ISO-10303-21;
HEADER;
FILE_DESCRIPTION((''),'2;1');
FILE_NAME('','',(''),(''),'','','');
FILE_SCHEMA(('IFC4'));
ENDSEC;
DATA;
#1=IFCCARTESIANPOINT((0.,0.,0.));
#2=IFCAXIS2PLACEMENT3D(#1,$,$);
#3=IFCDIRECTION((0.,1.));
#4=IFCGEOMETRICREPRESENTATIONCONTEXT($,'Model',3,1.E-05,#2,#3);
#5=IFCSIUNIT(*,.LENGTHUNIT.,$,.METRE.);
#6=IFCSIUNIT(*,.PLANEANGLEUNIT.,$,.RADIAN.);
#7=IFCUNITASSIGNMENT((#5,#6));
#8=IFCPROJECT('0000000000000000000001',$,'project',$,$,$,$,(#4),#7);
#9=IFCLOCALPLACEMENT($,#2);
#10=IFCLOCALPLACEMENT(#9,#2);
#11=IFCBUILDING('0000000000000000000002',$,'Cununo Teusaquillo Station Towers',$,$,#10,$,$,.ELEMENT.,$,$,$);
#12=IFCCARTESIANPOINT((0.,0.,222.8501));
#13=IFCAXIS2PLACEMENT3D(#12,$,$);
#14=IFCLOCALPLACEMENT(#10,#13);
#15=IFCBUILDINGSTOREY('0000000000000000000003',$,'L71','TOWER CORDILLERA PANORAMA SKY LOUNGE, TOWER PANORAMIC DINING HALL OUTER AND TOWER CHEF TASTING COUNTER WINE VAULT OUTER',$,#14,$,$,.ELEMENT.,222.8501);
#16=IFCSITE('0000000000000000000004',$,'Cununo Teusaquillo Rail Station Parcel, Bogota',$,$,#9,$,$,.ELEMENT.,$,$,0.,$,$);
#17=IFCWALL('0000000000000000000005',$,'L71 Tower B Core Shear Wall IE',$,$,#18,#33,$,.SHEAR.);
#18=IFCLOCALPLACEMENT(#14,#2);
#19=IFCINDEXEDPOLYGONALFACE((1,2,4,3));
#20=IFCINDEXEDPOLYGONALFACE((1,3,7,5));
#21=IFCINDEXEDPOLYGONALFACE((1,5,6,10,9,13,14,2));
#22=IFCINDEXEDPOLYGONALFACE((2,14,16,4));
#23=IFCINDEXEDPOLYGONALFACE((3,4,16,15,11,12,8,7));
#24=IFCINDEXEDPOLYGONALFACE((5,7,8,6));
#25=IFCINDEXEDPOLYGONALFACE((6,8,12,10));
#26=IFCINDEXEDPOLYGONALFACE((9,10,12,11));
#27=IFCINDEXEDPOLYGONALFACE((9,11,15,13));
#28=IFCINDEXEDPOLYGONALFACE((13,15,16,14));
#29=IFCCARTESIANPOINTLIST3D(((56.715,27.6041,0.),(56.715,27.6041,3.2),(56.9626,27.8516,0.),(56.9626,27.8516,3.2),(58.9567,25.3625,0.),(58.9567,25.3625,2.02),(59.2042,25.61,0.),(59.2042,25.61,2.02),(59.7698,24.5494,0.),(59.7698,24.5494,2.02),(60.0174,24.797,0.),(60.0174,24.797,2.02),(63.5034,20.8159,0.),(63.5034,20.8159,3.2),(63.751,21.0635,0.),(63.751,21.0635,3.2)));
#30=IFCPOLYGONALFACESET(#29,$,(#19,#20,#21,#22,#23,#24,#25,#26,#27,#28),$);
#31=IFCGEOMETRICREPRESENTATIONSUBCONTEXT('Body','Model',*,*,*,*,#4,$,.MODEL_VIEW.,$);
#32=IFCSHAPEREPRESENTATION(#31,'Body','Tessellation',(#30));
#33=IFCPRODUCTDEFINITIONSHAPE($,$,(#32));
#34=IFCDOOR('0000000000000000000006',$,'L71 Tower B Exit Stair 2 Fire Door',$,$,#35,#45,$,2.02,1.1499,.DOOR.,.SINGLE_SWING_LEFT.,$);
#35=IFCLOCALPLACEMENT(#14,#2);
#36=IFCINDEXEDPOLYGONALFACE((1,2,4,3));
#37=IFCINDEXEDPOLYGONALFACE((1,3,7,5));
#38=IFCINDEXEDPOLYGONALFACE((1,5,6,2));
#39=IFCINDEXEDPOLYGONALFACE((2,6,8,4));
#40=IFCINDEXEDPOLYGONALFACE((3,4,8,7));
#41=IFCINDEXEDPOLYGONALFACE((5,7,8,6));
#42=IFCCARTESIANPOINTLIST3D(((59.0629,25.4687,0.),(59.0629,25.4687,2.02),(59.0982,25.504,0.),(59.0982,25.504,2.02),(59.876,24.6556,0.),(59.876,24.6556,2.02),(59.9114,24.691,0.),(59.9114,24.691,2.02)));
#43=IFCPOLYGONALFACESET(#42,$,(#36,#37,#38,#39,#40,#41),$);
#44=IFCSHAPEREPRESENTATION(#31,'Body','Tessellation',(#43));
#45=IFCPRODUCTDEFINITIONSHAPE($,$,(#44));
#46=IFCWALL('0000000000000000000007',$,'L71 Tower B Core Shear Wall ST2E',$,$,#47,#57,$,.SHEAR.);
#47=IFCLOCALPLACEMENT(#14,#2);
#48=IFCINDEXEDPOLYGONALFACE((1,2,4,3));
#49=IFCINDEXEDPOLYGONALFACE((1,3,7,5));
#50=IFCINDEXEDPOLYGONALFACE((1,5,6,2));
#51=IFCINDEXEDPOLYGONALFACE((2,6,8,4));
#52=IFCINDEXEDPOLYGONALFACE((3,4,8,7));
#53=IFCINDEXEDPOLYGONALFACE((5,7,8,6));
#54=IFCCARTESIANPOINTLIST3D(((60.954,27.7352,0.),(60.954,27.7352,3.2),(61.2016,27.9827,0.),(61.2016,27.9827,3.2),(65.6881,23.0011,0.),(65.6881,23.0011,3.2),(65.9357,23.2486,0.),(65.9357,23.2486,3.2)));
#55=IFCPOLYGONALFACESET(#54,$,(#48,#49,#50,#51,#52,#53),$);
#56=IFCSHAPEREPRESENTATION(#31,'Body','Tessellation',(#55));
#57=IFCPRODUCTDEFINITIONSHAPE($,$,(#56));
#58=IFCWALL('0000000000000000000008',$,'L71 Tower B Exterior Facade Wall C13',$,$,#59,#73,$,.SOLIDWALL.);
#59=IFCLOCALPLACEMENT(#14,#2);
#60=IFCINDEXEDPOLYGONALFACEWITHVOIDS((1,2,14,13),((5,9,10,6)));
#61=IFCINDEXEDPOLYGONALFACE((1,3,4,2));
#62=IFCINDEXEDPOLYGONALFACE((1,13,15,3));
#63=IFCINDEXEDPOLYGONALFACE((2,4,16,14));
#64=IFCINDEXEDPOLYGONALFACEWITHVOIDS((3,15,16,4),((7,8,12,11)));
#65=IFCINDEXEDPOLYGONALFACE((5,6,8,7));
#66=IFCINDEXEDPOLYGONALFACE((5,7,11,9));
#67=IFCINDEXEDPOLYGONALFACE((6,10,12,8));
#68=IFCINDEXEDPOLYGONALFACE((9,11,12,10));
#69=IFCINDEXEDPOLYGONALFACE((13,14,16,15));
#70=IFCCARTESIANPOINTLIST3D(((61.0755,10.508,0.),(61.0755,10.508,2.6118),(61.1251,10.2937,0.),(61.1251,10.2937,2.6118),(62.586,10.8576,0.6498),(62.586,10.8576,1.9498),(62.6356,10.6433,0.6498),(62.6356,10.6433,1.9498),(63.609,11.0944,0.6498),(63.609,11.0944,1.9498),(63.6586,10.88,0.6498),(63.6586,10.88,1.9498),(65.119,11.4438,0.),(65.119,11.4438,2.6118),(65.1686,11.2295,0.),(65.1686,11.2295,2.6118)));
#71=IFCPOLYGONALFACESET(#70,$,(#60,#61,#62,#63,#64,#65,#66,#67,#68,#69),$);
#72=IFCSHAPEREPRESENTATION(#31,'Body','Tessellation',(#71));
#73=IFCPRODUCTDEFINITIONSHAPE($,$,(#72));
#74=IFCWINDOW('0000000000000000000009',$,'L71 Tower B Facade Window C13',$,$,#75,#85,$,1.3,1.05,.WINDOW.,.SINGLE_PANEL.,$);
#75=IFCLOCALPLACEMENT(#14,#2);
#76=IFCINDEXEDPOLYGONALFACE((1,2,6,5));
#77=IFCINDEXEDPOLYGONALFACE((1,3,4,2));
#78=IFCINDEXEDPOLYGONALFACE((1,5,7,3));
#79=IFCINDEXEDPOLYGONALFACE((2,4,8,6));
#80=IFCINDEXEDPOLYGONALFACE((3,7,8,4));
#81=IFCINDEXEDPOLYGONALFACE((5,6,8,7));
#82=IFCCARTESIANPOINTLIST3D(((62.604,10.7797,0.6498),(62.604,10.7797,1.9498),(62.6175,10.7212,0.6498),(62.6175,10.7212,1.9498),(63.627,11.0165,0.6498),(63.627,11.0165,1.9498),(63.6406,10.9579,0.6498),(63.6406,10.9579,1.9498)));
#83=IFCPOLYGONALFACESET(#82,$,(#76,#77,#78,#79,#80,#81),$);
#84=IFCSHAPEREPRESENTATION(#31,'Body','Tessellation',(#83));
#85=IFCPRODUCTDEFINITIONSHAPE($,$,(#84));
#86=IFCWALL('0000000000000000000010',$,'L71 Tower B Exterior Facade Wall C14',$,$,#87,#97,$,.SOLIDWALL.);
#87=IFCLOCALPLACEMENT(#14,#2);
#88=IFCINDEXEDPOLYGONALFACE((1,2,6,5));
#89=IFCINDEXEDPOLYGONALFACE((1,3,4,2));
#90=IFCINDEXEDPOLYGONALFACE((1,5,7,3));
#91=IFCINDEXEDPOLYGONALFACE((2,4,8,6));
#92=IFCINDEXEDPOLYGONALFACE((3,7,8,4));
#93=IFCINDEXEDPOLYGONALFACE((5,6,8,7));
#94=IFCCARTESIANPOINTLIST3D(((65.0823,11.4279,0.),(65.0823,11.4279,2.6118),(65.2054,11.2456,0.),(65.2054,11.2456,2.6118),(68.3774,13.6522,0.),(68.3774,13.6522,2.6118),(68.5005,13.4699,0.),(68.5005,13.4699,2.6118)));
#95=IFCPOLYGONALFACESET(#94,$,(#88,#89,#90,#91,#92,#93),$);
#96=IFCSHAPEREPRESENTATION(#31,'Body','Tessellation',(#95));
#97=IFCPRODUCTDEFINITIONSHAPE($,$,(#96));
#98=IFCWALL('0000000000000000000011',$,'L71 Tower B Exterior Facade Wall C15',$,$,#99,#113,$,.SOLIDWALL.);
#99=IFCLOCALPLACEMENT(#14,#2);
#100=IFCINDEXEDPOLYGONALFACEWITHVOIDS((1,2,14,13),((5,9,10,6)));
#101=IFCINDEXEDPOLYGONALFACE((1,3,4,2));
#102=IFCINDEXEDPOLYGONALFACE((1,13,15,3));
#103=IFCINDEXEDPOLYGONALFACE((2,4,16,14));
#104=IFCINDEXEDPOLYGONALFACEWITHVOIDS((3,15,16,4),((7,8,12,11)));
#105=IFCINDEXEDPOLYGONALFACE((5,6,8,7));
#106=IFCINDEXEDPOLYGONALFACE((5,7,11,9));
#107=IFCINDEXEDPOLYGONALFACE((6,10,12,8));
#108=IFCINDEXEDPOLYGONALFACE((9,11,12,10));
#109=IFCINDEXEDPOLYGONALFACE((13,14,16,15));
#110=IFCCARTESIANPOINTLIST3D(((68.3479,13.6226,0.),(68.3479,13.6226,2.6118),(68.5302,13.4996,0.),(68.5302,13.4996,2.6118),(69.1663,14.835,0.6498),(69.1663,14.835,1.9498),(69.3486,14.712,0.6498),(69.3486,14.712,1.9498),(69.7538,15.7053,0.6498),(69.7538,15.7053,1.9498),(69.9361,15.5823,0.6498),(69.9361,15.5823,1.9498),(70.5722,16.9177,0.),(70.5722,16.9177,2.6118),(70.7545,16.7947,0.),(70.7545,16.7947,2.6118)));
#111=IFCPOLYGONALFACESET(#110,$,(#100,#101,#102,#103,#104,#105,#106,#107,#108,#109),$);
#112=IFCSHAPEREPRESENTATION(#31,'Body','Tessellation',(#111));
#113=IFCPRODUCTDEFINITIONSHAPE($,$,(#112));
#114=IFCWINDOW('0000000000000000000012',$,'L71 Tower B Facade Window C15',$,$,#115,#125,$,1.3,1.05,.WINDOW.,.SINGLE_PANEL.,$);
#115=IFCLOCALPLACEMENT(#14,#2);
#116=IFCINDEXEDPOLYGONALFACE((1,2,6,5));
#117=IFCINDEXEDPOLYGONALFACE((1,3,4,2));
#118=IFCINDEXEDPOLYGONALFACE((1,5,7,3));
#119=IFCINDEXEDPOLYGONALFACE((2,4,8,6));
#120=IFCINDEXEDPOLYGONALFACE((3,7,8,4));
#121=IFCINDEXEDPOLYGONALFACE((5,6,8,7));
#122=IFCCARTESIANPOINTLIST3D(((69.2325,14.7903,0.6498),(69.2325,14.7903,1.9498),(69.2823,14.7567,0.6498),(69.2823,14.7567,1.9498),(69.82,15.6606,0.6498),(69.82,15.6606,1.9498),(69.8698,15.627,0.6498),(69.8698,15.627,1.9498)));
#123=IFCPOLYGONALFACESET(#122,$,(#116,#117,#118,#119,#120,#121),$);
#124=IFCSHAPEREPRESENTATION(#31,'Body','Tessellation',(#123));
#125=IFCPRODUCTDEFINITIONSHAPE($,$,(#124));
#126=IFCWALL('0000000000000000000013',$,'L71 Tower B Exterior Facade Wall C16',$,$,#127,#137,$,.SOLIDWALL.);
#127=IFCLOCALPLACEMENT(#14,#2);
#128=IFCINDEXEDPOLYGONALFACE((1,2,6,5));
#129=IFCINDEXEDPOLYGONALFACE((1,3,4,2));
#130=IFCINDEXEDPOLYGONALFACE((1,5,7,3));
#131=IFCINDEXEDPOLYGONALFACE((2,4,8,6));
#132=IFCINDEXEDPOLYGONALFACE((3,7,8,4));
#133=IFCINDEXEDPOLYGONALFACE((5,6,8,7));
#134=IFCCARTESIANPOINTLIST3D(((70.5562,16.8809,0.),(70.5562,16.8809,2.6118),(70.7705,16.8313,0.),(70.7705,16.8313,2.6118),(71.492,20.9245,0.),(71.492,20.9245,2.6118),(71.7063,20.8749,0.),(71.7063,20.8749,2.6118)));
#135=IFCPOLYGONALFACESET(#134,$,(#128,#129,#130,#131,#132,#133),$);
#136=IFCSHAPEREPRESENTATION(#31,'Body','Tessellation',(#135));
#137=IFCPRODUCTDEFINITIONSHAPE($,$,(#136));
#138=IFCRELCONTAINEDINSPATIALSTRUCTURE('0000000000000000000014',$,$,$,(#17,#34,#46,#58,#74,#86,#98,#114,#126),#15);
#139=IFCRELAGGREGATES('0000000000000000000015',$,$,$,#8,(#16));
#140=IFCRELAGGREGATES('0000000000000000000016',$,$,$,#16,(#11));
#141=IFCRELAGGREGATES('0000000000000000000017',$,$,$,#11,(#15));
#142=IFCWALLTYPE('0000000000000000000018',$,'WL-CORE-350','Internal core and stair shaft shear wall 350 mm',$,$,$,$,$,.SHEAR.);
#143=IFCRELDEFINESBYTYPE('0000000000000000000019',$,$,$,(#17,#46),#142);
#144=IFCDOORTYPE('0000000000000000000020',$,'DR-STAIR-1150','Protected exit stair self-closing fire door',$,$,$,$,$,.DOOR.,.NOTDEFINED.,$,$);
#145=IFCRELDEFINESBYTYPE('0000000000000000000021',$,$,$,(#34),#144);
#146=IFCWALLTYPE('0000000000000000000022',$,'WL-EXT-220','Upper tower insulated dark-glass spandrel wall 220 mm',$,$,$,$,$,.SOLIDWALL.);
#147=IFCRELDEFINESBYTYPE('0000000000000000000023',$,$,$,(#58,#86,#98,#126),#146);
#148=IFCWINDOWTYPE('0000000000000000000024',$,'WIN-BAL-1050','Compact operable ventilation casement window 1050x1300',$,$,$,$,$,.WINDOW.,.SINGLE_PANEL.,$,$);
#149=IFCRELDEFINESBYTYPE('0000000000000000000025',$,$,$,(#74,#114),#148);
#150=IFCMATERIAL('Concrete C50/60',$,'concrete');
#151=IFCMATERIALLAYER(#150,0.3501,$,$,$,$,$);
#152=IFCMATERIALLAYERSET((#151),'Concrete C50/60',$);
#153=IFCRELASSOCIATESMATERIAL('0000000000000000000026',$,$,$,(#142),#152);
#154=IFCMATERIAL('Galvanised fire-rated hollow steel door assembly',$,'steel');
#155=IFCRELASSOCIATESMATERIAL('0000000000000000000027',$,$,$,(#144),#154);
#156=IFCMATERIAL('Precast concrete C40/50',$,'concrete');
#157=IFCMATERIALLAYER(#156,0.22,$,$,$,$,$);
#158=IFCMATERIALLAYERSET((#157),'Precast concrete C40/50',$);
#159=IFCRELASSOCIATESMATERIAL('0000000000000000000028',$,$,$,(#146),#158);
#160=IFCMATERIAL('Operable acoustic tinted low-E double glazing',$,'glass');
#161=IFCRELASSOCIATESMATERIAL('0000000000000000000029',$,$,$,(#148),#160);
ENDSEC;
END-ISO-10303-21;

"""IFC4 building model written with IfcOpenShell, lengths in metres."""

from ifc_helpers import new_model, si_unit, direction, frame, frame_2d, origin, place, context, subcontext, project, spatial, rectangle, extrude, source, transform, mapped, material, layer, layer_set, type_object, element, fill, save


model = new_model("IFC4")

# Units and contexts
model_context = context("Model", 3, precision=1e-05, world=origin(), true_north=direction((0.0, 1.0)))
body_context = subcontext(model_context, "Body", "Model", "MODEL_VIEW")
ifc_project = project(units=[si_unit("LENGTHUNIT", "METRE"), si_unit("PLANEANGLEUNIT", "RADIAN")], contexts=[model_context])

# Site, building, storey
site_placement = place(None, origin())
site = spatial("IfcSite", under=ifc_project, at=site_placement, Name="Cununo Teusaquillo Rail Station Parcel, Bogota", CompositionType="ELEMENT", RefElevation=0.0)
building_placement = place(site_placement, origin())
building = spatial("IfcBuilding", under=site, at=building_placement, Name="Cununo Teusaquillo Station Towers", CompositionType="ELEMENT")
storey_placement = place(building_placement, frame((0.0, 0.0, 222.8501)))
storey = spatial("IfcBuildingStorey", under=building, at=storey_placement, Name="L71", Description="TOWER CORDILLERA PANORAMA SKY LOUNGE, TOWER PANORAMIC DINING HALL OUTER AND TOWER CHEF TASTING COUNTER WINE VAULT OUTER", CompositionType="ELEMENT", Elevation=222.8501)

# Wall, opening, door
ifc_material_1 = material(Name="Concrete C50/60", Category="concrete")
ifc_layer_1 = layer(ifc_material_1, 0.3501)
ifc_layer_set_1 = layer_set([ifc_layer_1], Name="Concrete C50/60")
wall_type_1 = type_object("IfcWallType", Name="WL-CORE-350", Description="Internal core and stair shaft shear wall 350 mm", PredefinedType="SHEAR", material=ifc_layer_set_1)
wall_1_placement = place(storey_placement, frame((63.6272, 20.9397, 0.0), z_axis=(0.0, 0.0, 1.0), x_axis=(-0.707119, 0.707094, 0.0)))
wall_1 = element("IfcWall", 1, at=wall_1_placement, inside=storey, type_object=wall_type_1, Name="L71 Tower B Core Shear Wall IE", PredefinedType="SHEAR", context=body_context, shape_type="SweptSolid", body=[
    extrude(rectangle(XDim=9.6001, YDim=0.3501, at=frame_2d((4.8, 0.0))), origin(), (0.0, 0.0, 1.0), 3.2),
])
shared_shape_1 = source(origin(), body_context, "Body", "SweptSolid", [
    extrude(rectangle(XDim=1.1499, YDim=2.02, at=frame_2d((0.575, 1.01))), frame((0.0, 0.1851, 0.0), z_axis=(0.0, -1.0, 0.0), x_axis=(1.0, 0.0, 0.0)), (0.0, 0.0, 1.0), 0.3701),
])
opening_1_placement = place(wall_1_placement, frame((5.28, 0.0, 0.0)))
opening_1 = element("IfcOpeningElement", 2, at=opening_1_placement, cuts=wall_1, PredefinedType="OPENING", context=body_context, shape_type="MappedRepresentation", body=[
    mapped(shared_shape_1, transform((0.0, 0.0, 0.0), x_axis=(1.0, 0.0, 0.0), y_axis=(0.0, 1.0, 0.0), z_axis=(0.0, 0.0, 1.0), scale=1.0)),
])
ifc_material_2 = material(Name="Galvanised fire-rated hollow steel door assembly", Category="steel")
door_type_1 = type_object("IfcDoorType", Name="DR-STAIR-1150", Description="Protected exit stair self-closing fire door", OperationType="NOTDEFINED", PredefinedType="DOOR", material=ifc_material_2)
shared_shape_2 = source(origin(), body_context, "Body", "SweptSolid", [
    extrude(rectangle(XDim=1.1499, YDim=2.02, at=frame_2d((0.575, 1.01))), frame((0.0, 0.0249, 0.0), z_axis=(0.0, -1.0, 0.0), x_axis=(1.0, 0.0, 0.0)), (0.0, 0.0, 1.0), 0.05),
])
door_1_placement = place(opening_1_placement, origin())
door_1 = element("IfcDoor", 3, at=door_1_placement, inside=storey, type_object=door_type_1, Name="L71 Tower B Exit Stair 2 Fire Door", OperationType="SINGLE_SWING_LEFT", OverallHeight=2.02, OverallWidth=1.1499, PredefinedType="DOOR", context=body_context, shape_type="MappedRepresentation", body=[
    mapped(shared_shape_2, transform((0.0, 0.0, 0.0), x_axis=(1.0, 0.0, 0.0), y_axis=(0.0, 1.0, 0.0), z_axis=(0.0, 0.0, 1.0), scale=1.0)),
])
fill(opening_1, door_1)

# Wall
wall_2_placement = place(storey_placement, frame((65.812, 23.1248, 0.0), z_axis=(0.0, 0.0, 1.0), x_axis=(-0.707107, 0.707107, 0.0)))
element("IfcWall", 4, at=wall_2_placement, inside=storey, type_object=wall_type_1, Name="L71 Tower B Core Shear Wall ST2E", PredefinedType="SHEAR", context=body_context, shape_type="SweptSolid", body=[
    extrude(rectangle(XDim=6.6951, YDim=0.3501, at=frame_2d((3.3477, 0.0))), origin(), (0.0, 0.0, 1.0), 3.2),
])

# Wall, opening, window
ifc_material_3 = material(Name="Precast concrete C40/50", Category="concrete")
ifc_layer_2 = layer(ifc_material_3, 0.22)
ifc_layer_set_2 = layer_set([ifc_layer_2], Name="Precast concrete C40/50")
wall_type_2 = type_object("IfcWallType", Name="WL-EXT-220", Description="Upper tower insulated dark-glass spandrel wall 220 mm", PredefinedType="SOLIDWALL", material=ifc_layer_set_2)
wall_3_placement = place(storey_placement, frame((65.1438, 11.3367, 0.0), z_axis=(0.0, 0.0, 1.0), x_axis=(-0.974249, -0.225474, 0.0)))
wall_3 = element("IfcWall", 5, at=wall_3_placement, inside=storey, type_object=wall_type_2, Name="L71 Tower B Exterior Facade Wall C13", PredefinedType="SOLIDWALL", context=body_context, shape_type="SweptSolid", body=[
    extrude(rectangle(XDim=4.1504, YDim=0.22, at=frame_2d((2.0752, 0.0))), origin(), (0.0, 0.0, 1.0), 2.6118),
])
shared_shape_3 = source(origin(), body_context, "Body", "SweptSolid", [
    extrude(rectangle(XDim=1.05, YDim=1.3, at=frame_2d((0.5249, 0.6499))), frame((0.0, 0.1199, 0.0), z_axis=(0.0, -1.0, 0.0), x_axis=(1.0, 0.0, 0.0)), (0.0, 0.0, 1.0), 0.24),
])
opening_2_placement = place(wall_3_placement, frame((1.55, 0.0, 0.6499)))
opening_2 = element("IfcOpeningElement", 6, at=opening_2_placement, cuts=wall_3, PredefinedType="OPENING", context=body_context, shape_type="MappedRepresentation", body=[
    mapped(shared_shape_3, transform((0.0, 0.0, 0.0), x_axis=(1.0, 0.0, 0.0), y_axis=(0.0, 1.0, 0.0), z_axis=(0.0, 0.0, 1.0), scale=1.0)),
])
ifc_material_4 = material(Name="Operable acoustic tinted low-E double glazing", Category="glass")
window_type = type_object("IfcWindowType", Name="WIN-BAL-1050", Description="Compact operable ventilation casement window 1050x1300", PartitioningType="SINGLE_PANEL", PredefinedType="WINDOW", material=ifc_material_4)
shared_shape_4 = source(origin(), body_context, "Body", "SweptSolid", [
    extrude(rectangle(XDim=1.05, YDim=1.3, at=frame_2d((0.5249, 0.6499))), frame((0.0, 0.03, 0.0), z_axis=(0.0, -1.0, 0.0), x_axis=(1.0, 0.0, 0.0)), (0.0, 0.0, 1.0), 0.0601),
])
window_1_placement = place(opening_2_placement, origin())
window_1 = element("IfcWindow", 7, at=window_1_placement, inside=storey, type_object=window_type, Name="L71 Tower B Facade Window C13", OverallHeight=1.3, OverallWidth=1.05, PartitioningType="SINGLE_PANEL", PredefinedType="WINDOW", context=body_context, shape_type="MappedRepresentation", body=[
    mapped(shared_shape_4, transform((0.0, 0.0, 0.0), x_axis=(1.0, 0.0, 0.0), y_axis=(0.0, 1.0, 0.0), z_axis=(0.0, 0.0, 1.0), scale=1.0)),
])
fill(opening_2, window_1)

# Wall
wall_4_placement = place(storey_placement, frame((68.439, 13.561, 0.0), z_axis=(0.0, 0.0, 1.0), x_axis=(-0.828834, -0.559495, 0.0)))
element("IfcWall", 8, at=wall_4_placement, inside=storey, type_object=wall_type_2, Name="L71 Tower B Exterior Facade Wall C14", PredefinedType="SOLIDWALL", context=body_context, shape_type="SweptSolid", body=[
    extrude(rectangle(XDim=3.9756, YDim=0.22, at=frame_2d((1.9878, 0.0))), origin(), (0.0, 0.0, 1.0), 2.6118),
])

# Wall, opening, window
wall_5_placement = place(storey_placement, frame((70.6633, 16.8562, 0.0), z_axis=(0.0, 0.0, 1.0), x_axis=(-0.559495, -0.828834, 0.0)))
wall_5 = element("IfcWall", 9, at=wall_5_placement, inside=storey, type_object=wall_type_2, Name="L71 Tower B Exterior Facade Wall C15", PredefinedType="SOLIDWALL", context=body_context, shape_type="SweptSolid", body=[
    extrude(rectangle(XDim=3.9756, YDim=0.22, at=frame_2d((1.9878, 0.0))), origin(), (0.0, 0.0, 1.0), 2.6118),
])
opening_3_placement = place(wall_5_placement, frame((1.4629, 0.0, 0.6499)))
opening_3 = element("IfcOpeningElement", 10, at=opening_3_placement, cuts=wall_5, PredefinedType="OPENING", context=body_context, shape_type="MappedRepresentation", body=[
    mapped(shared_shape_3, transform((0.0, 0.0, 0.0), x_axis=(1.0, 0.0, 0.0), y_axis=(0.0, 1.0, 0.0), z_axis=(0.0, 0.0, 1.0), scale=1.0)),
])
window_2_placement = place(opening_3_placement, origin())
window_2 = element("IfcWindow", 11, at=window_2_placement, inside=storey, type_object=window_type, Name="L71 Tower B Facade Window C15", OverallHeight=1.3, OverallWidth=1.05, PartitioningType="SINGLE_PANEL", PredefinedType="WINDOW", context=body_context, shape_type="MappedRepresentation", body=[
    mapped(shared_shape_4, transform((0.0, 0.0, 0.0), x_axis=(1.0, 0.0, 0.0), y_axis=(0.0, 1.0, 0.0), z_axis=(0.0, 0.0, 1.0), scale=1.0)),
])
fill(opening_3, window_2)

# Wall
wall_6_placement = place(storey_placement, frame((71.5991, 20.8997, 0.0), z_axis=(0.0, 0.0, 1.0), x_axis=(-0.225474, -0.974249, 0.0)))
element("IfcWall", 12, at=wall_6_placement, inside=storey, type_object=wall_type_2, Name="L71 Tower B Exterior Facade Wall C16", PredefinedType="SOLIDWALL", context=body_context, shape_type="SweptSolid", body=[
    extrude(rectangle(XDim=4.1504, YDim=0.22, at=frame_2d((2.0752, 0.0))), origin(), (0.0, 0.0, 1.0), 2.6118),
])

save(model, "model.ifc")
